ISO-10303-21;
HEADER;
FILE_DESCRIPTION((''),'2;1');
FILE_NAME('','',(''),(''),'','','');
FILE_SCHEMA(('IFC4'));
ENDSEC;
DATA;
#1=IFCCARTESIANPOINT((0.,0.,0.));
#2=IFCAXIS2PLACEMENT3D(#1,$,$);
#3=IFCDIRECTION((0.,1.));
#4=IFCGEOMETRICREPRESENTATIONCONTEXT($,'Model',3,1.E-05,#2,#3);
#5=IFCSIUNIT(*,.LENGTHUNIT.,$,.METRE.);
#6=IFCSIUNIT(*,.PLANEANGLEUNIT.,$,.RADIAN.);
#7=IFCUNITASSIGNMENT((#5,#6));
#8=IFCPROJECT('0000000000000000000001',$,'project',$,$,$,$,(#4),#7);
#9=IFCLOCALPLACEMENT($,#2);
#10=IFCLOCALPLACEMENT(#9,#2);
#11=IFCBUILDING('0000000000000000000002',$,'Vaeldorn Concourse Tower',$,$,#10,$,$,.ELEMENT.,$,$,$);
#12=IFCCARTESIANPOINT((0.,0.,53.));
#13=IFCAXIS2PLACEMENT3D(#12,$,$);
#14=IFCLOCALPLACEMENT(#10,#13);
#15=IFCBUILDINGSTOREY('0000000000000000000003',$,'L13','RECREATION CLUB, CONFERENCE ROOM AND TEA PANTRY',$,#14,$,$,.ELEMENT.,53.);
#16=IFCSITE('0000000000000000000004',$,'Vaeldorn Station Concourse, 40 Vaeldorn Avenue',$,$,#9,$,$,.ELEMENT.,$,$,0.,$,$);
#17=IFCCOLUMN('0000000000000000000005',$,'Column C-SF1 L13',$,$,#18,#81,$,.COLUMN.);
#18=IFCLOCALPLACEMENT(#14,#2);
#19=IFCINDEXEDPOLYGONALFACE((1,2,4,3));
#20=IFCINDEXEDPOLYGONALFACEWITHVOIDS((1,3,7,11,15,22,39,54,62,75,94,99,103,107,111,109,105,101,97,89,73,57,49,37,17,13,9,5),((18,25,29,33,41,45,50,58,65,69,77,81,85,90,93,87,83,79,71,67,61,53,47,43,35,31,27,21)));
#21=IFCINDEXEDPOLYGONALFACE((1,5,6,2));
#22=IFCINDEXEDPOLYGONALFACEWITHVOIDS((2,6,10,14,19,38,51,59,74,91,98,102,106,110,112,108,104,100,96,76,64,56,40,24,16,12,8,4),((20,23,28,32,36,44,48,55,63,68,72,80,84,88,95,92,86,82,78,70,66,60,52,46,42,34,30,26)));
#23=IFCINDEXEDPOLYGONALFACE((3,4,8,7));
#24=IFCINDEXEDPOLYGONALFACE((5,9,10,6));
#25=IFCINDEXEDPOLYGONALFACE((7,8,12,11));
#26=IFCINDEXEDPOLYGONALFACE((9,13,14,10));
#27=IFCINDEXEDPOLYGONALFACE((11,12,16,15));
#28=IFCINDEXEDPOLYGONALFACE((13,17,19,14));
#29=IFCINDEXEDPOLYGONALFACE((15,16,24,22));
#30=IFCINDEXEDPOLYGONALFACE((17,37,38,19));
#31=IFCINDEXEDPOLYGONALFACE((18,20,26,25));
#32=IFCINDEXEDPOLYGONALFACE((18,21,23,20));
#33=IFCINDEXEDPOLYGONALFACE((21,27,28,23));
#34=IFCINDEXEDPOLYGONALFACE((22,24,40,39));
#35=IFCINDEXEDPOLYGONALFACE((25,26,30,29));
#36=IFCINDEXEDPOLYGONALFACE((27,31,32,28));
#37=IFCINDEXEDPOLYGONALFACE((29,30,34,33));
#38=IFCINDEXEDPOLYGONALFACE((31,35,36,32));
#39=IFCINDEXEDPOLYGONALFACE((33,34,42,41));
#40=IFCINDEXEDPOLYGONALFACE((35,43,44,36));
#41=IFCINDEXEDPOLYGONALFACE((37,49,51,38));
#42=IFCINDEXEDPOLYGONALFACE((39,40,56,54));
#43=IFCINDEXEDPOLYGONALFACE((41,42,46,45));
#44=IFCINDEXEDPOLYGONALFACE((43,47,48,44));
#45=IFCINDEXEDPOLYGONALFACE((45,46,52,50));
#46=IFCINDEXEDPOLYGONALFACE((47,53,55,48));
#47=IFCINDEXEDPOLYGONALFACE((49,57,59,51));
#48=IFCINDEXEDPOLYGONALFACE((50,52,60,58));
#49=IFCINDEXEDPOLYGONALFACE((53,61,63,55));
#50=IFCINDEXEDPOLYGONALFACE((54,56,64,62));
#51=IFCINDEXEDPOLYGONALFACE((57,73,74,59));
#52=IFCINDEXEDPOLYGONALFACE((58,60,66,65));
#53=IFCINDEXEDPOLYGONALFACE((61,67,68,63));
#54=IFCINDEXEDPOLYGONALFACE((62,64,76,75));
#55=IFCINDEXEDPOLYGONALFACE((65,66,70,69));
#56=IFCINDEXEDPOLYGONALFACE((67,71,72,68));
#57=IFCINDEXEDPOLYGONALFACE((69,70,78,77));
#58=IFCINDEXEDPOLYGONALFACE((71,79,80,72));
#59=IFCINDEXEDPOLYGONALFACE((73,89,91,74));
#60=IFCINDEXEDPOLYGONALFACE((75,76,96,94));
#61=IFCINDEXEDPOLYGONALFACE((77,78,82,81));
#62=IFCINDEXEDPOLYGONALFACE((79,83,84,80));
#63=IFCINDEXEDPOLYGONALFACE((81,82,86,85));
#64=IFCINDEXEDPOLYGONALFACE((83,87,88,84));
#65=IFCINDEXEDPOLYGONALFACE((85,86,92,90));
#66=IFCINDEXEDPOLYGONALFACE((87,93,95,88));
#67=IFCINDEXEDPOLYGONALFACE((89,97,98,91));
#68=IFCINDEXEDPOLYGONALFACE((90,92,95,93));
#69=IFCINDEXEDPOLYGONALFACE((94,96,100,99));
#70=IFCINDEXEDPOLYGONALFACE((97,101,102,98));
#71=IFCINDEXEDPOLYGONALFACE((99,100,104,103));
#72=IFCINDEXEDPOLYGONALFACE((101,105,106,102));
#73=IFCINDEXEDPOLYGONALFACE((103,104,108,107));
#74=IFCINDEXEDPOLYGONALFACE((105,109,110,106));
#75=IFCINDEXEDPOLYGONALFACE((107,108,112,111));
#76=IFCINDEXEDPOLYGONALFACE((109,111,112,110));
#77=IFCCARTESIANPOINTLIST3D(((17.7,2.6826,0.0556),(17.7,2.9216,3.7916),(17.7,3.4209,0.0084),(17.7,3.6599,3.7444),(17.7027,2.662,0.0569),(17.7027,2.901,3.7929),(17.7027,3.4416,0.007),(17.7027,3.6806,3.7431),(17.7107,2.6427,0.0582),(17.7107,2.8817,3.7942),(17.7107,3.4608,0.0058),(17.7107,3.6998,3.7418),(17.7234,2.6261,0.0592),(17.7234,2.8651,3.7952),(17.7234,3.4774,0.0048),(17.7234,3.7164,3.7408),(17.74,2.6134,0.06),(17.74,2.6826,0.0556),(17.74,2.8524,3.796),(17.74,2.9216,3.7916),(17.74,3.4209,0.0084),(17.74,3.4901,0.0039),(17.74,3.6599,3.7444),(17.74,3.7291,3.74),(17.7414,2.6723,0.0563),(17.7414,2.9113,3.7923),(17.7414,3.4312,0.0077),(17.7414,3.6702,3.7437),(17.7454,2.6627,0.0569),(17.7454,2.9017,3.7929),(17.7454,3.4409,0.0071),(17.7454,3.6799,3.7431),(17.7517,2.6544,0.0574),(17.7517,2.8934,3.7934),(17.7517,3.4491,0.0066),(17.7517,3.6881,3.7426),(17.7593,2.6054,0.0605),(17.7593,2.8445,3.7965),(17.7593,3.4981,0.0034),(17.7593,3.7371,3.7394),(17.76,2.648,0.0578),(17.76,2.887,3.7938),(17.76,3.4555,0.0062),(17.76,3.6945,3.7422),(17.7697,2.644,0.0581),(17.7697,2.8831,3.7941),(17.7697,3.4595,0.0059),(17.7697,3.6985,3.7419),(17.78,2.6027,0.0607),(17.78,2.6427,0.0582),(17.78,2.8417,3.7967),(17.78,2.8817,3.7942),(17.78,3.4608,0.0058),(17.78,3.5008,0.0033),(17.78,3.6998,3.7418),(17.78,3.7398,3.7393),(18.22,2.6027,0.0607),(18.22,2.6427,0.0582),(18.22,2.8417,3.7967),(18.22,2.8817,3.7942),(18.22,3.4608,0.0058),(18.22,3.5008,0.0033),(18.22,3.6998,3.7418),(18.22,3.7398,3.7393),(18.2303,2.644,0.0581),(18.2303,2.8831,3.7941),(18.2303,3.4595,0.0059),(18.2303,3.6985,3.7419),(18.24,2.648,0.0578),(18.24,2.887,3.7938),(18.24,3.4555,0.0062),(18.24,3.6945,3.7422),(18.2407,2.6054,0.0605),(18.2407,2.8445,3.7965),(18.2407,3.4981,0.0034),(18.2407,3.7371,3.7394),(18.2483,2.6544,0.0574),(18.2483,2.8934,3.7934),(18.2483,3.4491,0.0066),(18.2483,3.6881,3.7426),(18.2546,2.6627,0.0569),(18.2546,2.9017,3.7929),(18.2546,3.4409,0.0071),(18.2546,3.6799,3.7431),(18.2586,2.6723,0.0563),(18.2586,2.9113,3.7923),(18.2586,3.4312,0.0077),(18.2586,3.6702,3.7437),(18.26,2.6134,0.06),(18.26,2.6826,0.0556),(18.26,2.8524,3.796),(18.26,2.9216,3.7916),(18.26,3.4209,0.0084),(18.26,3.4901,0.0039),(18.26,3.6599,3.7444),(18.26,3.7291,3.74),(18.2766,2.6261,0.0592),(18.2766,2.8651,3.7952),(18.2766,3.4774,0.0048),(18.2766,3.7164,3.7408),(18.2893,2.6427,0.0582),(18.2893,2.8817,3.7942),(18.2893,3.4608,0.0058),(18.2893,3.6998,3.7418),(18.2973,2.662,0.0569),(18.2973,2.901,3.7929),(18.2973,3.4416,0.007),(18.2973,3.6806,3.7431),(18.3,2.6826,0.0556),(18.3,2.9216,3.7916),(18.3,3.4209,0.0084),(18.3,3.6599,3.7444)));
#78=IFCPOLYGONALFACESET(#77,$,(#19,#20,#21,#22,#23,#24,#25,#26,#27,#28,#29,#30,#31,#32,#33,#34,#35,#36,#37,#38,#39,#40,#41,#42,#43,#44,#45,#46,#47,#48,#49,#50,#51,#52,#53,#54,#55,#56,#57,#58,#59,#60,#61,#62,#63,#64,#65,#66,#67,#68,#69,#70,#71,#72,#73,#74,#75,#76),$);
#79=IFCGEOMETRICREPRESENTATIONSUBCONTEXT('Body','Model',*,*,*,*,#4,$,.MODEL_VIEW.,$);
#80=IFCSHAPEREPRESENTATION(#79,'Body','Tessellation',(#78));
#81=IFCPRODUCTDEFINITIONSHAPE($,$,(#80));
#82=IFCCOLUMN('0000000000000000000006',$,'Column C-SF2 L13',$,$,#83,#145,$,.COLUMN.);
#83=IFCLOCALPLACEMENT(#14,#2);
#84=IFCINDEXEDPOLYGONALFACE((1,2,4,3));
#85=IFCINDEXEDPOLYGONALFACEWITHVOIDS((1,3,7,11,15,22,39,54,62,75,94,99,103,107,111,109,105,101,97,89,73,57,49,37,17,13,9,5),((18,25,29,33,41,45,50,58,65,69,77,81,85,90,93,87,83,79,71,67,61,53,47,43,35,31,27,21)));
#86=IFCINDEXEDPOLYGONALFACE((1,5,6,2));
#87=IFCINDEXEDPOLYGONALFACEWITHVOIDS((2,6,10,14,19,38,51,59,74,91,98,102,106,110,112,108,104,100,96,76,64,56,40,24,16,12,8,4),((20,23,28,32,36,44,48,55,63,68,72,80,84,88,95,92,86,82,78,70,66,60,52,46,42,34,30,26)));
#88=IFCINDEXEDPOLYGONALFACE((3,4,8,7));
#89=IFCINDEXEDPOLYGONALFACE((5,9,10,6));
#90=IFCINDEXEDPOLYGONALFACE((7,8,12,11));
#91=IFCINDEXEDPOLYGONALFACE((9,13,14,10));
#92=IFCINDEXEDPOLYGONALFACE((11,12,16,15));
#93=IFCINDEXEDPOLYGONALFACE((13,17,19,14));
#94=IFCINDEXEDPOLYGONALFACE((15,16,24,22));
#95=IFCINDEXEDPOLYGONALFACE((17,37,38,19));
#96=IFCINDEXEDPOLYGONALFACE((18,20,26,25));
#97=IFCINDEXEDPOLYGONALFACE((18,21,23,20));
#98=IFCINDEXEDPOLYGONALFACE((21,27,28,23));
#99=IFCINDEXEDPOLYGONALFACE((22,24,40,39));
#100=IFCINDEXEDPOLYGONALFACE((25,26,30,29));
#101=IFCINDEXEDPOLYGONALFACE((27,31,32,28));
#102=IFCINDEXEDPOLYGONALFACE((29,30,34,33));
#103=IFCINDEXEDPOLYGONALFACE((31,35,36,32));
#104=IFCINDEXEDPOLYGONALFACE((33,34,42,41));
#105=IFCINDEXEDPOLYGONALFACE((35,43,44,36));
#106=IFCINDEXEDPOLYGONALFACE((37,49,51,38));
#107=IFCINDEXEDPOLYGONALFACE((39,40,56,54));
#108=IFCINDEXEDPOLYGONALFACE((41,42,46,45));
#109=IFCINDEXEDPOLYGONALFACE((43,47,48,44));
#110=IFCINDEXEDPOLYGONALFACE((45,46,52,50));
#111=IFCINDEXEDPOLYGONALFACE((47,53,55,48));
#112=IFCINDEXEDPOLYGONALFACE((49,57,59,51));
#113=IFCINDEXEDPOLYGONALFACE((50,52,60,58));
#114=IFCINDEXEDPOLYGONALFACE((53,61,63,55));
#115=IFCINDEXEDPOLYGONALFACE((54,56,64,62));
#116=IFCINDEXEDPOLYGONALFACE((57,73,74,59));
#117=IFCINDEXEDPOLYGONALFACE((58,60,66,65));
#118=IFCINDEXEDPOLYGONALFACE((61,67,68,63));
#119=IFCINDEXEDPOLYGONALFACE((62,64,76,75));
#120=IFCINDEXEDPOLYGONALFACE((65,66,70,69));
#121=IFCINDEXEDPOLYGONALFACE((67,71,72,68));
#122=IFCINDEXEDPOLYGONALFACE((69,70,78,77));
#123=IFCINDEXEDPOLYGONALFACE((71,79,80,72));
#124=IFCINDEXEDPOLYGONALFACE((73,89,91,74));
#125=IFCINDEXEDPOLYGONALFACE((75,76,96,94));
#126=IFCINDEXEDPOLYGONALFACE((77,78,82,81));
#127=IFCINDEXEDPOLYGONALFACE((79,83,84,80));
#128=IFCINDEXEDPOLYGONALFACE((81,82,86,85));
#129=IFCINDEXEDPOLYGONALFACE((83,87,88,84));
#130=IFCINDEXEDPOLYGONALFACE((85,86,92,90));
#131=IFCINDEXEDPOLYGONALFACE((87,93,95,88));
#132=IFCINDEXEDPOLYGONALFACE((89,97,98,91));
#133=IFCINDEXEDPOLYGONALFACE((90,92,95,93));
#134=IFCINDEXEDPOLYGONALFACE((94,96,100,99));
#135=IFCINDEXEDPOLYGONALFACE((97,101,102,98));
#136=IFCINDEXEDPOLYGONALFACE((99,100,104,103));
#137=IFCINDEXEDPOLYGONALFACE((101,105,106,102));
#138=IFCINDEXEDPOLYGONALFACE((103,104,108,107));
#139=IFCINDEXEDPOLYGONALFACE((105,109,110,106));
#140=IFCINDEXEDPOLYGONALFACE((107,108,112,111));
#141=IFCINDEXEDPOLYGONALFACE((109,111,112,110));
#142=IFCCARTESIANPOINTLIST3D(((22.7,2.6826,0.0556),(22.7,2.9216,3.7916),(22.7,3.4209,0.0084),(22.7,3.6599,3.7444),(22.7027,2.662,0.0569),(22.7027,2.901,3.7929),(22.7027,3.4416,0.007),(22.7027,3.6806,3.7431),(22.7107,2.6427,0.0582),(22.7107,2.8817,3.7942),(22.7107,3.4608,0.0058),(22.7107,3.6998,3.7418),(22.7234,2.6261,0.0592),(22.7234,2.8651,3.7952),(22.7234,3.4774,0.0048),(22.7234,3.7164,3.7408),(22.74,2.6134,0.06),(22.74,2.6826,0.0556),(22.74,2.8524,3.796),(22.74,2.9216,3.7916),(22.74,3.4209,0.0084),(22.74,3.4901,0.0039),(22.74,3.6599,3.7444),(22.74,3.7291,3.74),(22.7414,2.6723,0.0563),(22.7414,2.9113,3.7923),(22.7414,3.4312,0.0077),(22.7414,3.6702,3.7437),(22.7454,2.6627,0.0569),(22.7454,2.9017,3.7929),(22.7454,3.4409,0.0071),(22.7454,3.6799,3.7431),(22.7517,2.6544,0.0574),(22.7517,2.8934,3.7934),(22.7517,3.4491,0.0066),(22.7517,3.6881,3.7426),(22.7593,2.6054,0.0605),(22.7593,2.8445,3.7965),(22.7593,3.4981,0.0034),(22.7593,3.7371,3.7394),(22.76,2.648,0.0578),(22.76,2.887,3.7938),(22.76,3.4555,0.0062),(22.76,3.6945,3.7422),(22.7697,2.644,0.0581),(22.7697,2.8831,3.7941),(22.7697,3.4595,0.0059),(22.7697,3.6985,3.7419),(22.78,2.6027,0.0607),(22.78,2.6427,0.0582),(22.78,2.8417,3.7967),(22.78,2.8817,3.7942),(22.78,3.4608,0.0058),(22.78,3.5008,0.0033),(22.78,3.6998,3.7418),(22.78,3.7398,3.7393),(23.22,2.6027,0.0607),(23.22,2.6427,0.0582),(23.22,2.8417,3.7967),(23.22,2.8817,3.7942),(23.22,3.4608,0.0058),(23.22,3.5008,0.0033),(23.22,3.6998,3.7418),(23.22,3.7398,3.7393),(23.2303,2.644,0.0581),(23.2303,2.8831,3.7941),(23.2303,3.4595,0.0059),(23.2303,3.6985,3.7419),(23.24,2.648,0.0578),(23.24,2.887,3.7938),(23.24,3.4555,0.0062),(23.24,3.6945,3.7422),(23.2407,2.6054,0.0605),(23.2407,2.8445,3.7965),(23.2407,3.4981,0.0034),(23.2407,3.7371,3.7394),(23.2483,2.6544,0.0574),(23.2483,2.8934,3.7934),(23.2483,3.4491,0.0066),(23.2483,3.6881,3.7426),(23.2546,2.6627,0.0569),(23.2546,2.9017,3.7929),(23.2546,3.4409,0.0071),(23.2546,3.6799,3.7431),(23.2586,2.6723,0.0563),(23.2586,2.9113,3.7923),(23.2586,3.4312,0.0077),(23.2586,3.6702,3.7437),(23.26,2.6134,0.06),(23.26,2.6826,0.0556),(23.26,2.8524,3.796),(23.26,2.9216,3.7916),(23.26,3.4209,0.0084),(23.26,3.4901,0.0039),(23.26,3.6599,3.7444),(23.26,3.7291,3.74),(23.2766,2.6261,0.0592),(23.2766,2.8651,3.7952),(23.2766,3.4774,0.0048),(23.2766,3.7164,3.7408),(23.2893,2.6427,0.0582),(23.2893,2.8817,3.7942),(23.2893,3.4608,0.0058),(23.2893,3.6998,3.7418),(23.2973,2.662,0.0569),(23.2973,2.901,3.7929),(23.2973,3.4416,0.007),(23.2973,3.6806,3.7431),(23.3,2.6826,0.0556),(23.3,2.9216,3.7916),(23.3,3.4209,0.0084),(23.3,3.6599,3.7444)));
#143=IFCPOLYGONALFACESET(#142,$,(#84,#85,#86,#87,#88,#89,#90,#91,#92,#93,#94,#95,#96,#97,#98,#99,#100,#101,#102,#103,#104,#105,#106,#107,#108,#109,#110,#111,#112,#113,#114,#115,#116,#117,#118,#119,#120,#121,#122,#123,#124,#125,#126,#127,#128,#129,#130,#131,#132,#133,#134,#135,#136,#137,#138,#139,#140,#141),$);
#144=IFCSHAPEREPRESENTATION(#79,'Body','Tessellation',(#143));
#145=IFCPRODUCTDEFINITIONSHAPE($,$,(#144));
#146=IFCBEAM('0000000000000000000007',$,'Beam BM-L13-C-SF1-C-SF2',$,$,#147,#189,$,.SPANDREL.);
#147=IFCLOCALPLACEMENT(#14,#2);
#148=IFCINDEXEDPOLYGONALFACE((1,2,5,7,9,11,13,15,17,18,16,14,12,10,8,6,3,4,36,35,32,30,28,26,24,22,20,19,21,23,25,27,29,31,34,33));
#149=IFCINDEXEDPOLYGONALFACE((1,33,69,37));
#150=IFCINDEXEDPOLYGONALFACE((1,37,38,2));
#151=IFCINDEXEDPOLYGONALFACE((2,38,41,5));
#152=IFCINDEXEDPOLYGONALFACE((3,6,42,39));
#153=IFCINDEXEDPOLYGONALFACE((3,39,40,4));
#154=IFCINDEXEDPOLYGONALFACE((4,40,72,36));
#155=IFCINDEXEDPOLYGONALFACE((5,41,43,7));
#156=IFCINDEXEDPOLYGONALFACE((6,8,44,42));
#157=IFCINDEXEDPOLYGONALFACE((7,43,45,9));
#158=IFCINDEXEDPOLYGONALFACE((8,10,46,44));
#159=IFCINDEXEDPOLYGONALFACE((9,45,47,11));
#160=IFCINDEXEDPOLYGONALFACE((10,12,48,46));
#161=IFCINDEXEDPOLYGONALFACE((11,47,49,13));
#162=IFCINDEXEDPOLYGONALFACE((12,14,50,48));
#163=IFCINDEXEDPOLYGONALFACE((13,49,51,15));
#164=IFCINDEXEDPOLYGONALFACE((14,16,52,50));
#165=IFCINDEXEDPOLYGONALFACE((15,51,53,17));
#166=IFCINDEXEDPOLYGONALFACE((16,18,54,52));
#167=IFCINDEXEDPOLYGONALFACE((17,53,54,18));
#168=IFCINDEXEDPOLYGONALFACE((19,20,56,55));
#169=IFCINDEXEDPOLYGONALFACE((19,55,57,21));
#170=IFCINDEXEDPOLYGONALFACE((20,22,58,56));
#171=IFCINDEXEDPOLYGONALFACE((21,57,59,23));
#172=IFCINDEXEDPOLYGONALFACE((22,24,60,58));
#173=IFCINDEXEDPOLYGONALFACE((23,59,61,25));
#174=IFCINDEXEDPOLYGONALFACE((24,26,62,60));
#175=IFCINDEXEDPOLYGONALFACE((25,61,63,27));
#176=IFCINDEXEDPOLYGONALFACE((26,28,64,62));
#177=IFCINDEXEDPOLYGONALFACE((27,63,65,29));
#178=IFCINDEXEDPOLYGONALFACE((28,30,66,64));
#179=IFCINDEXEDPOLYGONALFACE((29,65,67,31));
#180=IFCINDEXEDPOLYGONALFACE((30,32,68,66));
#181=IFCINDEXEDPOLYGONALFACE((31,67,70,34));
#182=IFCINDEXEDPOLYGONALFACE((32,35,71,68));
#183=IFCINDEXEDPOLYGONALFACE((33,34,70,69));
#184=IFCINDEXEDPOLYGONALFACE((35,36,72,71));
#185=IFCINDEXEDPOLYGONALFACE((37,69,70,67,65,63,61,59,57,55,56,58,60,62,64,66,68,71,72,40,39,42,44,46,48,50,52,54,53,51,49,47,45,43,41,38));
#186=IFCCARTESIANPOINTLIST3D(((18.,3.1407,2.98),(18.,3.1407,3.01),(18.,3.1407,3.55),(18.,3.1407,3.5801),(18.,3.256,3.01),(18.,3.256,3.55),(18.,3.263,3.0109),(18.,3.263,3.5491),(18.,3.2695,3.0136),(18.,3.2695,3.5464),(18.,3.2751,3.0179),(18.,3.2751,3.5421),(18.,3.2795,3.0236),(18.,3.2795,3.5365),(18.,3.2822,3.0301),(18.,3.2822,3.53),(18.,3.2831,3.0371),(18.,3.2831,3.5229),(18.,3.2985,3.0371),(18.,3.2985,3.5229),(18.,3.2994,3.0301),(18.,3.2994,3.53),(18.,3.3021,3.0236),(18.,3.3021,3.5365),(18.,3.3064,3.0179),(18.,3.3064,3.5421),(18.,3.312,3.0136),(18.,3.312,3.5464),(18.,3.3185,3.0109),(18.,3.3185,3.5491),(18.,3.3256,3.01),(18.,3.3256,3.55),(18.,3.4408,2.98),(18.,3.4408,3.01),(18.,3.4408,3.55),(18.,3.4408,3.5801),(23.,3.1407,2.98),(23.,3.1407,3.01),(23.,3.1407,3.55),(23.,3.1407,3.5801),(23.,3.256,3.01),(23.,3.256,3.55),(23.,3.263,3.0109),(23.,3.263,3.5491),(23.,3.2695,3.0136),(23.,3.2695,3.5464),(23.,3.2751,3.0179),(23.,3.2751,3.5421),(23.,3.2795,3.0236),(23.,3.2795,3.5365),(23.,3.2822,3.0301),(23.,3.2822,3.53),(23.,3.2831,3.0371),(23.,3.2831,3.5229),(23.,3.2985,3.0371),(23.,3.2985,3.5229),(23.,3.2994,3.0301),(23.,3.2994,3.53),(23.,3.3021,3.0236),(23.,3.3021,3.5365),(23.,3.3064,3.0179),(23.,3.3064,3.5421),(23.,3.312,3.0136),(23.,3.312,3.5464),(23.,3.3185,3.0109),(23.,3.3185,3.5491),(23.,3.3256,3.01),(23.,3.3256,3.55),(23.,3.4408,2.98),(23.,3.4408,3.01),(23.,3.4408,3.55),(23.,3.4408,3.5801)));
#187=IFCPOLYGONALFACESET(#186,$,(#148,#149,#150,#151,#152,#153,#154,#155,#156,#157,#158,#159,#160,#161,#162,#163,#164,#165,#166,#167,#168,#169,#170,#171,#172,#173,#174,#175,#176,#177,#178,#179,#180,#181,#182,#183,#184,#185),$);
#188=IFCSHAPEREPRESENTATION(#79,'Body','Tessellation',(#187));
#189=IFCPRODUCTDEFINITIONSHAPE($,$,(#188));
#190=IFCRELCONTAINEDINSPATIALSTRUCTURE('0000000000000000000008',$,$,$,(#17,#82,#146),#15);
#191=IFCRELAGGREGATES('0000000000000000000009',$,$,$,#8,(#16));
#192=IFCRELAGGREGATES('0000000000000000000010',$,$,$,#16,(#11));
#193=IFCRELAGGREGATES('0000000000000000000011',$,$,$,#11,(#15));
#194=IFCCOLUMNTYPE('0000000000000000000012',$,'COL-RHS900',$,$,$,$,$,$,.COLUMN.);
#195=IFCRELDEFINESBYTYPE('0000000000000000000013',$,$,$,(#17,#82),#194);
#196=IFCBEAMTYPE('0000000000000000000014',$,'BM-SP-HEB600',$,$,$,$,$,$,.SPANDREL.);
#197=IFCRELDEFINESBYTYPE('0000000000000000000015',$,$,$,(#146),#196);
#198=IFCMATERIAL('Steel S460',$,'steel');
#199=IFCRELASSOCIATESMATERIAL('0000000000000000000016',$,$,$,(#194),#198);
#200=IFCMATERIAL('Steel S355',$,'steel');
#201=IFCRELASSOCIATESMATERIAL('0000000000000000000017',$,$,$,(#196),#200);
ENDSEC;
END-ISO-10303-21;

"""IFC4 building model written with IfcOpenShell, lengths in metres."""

from ifc_helpers import new_model, si_unit, direction, frame, origin, origin_2d, place, context, subcontext, project, spatial, hollow_rectangle, i_section, extrude, source, transform, mapped, material, material_profile, profile_set, type_object, element, save


model = new_model("IFC4")

# Units and contexts
model_context = context("Model", 3, precision=1e-05, world=origin(), true_north=direction((0.0, 1.0)))
body_context = subcontext(model_context, "Body", "Model", "MODEL_VIEW")
ifc_project = project(units=[si_unit("LENGTHUNIT", "METRE"), si_unit("PLANEANGLEUNIT", "RADIAN")], contexts=[model_context])

# Site, building, storey
site_placement = place(None, origin())
site = spatial("IfcSite", under=ifc_project, at=site_placement, Name="Vaeldorn Station Concourse, 40 Vaeldorn Avenue", CompositionType="ELEMENT", RefElevation=0.0)
building_placement = place(site_placement, origin())
building = spatial("IfcBuilding", under=site, at=building_placement, Name="Vaeldorn Concourse Tower", CompositionType="ELEMENT")
storey_placement = place(building_placement, frame((0.0, 0.0, 53.0)))
storey = spatial("IfcBuildingStorey", under=building, at=storey_placement, Name="L13", Description="RECREATION CLUB, CONFERENCE ROOM AND TEA PANTRY", CompositionType="ELEMENT", Elevation=53.0)

# Columns
ifc_material_1 = material(Name="Steel S460", Category="steel")
ifc_material_profile_1 = material_profile(ifc_material_1, hollow_rectangle(XDim=0.6001, YDim=0.8999, WallThickness=0.04, InnerFilletRadius=0.04, OuterFilletRadius=0.0801, at=origin_2d()), Name="RHS 900x600x40")
ifc_profile_set_1 = profile_set([ifc_material_profile_1], Name="Steel S460")
column_type = type_object("IfcColumnType", Name="COL-RHS900", PredefinedType="COLUMN", material=ifc_profile_set_1)
shared_shape_1 = source(origin(), body_context, "Body", "SweptSolid", [
    extrude(hollow_rectangle(XDim=0.6001, YDim=0.8999, WallThickness=0.04, InnerFilletRadius=0.04, OuterFilletRadius=0.0801, at=origin_2d()), origin(), (0.0, 0.0, 1.0), 3.7437),
])
for number, where, z_axis, x_axis, name in (
    (1, (18.0, 3.0518, 0.032), (0.0, 0.063844, 0.99796), (-1.0, 0.0, 0.0), "Column C-SF1 L13"),
    (2, (23.0, 3.0518, 0.032), (0.0, 0.063844, 0.99796), (-1.0, 0.0, 0.0), "Column C-SF2 L13"),
):
    element("IfcColumn", number, at=place(storey_placement, frame(where, z_axis=z_axis, x_axis=x_axis)), inside=storey, type_object=column_type, Name=name, PredefinedType="COLUMN", context=body_context, shape_type="MappedRepresentation", body=[
        mapped(shared_shape_1, transform((0.0, 0.0, 0.0), scale=1.0)),
    ])

# Beam
ifc_material_2 = material(Name="Steel S355", Category="steel")
ifc_material_profile_2 = material_profile(ifc_material_2, i_section(OverallWidth=0.3, OverallDepth=0.6001, WebThickness=0.0154, FlangeThickness=0.03, FilletRadius=0.0271, at=origin_2d()), Name="HEB 600")
ifc_profile_set_2 = profile_set([ifc_material_profile_2], Name="Steel S355")
beam_type_1 = type_object("IfcBeamType", Name="BM-SP-HEB600", PredefinedType="SPANDREL", material=ifc_profile_set_2)
shared_shape_2 = source(origin(), body_context, "Body", "SweptSolid", [
    extrude(i_section(OverallWidth=0.3, OverallDepth=0.6001, WebThickness=0.0154, FlangeThickness=0.03, FilletRadius=0.0271, at=origin_2d()), origin(), (0.0, 0.0, 1.0), 5.0),
])
beam_1_placement = place(storey_placement, frame((18.0, 3.2908, 3.28), z_axis=(1.0, 0.0, 0.0), x_axis=(0.0, 1.0, 0.0)))
element("IfcBeam", 3, at=beam_1_placement, inside=storey, type_object=beam_type_1, Name="Beam BM-L13-C-SF1-C-SF2", PredefinedType="SPANDREL", context=body_context, shape_type="MappedRepresentation", body=[
    mapped(shared_shape_2, transform((0.0, 0.0, 0.0), scale=1.0)),
])

save(model, "model.ifc")
